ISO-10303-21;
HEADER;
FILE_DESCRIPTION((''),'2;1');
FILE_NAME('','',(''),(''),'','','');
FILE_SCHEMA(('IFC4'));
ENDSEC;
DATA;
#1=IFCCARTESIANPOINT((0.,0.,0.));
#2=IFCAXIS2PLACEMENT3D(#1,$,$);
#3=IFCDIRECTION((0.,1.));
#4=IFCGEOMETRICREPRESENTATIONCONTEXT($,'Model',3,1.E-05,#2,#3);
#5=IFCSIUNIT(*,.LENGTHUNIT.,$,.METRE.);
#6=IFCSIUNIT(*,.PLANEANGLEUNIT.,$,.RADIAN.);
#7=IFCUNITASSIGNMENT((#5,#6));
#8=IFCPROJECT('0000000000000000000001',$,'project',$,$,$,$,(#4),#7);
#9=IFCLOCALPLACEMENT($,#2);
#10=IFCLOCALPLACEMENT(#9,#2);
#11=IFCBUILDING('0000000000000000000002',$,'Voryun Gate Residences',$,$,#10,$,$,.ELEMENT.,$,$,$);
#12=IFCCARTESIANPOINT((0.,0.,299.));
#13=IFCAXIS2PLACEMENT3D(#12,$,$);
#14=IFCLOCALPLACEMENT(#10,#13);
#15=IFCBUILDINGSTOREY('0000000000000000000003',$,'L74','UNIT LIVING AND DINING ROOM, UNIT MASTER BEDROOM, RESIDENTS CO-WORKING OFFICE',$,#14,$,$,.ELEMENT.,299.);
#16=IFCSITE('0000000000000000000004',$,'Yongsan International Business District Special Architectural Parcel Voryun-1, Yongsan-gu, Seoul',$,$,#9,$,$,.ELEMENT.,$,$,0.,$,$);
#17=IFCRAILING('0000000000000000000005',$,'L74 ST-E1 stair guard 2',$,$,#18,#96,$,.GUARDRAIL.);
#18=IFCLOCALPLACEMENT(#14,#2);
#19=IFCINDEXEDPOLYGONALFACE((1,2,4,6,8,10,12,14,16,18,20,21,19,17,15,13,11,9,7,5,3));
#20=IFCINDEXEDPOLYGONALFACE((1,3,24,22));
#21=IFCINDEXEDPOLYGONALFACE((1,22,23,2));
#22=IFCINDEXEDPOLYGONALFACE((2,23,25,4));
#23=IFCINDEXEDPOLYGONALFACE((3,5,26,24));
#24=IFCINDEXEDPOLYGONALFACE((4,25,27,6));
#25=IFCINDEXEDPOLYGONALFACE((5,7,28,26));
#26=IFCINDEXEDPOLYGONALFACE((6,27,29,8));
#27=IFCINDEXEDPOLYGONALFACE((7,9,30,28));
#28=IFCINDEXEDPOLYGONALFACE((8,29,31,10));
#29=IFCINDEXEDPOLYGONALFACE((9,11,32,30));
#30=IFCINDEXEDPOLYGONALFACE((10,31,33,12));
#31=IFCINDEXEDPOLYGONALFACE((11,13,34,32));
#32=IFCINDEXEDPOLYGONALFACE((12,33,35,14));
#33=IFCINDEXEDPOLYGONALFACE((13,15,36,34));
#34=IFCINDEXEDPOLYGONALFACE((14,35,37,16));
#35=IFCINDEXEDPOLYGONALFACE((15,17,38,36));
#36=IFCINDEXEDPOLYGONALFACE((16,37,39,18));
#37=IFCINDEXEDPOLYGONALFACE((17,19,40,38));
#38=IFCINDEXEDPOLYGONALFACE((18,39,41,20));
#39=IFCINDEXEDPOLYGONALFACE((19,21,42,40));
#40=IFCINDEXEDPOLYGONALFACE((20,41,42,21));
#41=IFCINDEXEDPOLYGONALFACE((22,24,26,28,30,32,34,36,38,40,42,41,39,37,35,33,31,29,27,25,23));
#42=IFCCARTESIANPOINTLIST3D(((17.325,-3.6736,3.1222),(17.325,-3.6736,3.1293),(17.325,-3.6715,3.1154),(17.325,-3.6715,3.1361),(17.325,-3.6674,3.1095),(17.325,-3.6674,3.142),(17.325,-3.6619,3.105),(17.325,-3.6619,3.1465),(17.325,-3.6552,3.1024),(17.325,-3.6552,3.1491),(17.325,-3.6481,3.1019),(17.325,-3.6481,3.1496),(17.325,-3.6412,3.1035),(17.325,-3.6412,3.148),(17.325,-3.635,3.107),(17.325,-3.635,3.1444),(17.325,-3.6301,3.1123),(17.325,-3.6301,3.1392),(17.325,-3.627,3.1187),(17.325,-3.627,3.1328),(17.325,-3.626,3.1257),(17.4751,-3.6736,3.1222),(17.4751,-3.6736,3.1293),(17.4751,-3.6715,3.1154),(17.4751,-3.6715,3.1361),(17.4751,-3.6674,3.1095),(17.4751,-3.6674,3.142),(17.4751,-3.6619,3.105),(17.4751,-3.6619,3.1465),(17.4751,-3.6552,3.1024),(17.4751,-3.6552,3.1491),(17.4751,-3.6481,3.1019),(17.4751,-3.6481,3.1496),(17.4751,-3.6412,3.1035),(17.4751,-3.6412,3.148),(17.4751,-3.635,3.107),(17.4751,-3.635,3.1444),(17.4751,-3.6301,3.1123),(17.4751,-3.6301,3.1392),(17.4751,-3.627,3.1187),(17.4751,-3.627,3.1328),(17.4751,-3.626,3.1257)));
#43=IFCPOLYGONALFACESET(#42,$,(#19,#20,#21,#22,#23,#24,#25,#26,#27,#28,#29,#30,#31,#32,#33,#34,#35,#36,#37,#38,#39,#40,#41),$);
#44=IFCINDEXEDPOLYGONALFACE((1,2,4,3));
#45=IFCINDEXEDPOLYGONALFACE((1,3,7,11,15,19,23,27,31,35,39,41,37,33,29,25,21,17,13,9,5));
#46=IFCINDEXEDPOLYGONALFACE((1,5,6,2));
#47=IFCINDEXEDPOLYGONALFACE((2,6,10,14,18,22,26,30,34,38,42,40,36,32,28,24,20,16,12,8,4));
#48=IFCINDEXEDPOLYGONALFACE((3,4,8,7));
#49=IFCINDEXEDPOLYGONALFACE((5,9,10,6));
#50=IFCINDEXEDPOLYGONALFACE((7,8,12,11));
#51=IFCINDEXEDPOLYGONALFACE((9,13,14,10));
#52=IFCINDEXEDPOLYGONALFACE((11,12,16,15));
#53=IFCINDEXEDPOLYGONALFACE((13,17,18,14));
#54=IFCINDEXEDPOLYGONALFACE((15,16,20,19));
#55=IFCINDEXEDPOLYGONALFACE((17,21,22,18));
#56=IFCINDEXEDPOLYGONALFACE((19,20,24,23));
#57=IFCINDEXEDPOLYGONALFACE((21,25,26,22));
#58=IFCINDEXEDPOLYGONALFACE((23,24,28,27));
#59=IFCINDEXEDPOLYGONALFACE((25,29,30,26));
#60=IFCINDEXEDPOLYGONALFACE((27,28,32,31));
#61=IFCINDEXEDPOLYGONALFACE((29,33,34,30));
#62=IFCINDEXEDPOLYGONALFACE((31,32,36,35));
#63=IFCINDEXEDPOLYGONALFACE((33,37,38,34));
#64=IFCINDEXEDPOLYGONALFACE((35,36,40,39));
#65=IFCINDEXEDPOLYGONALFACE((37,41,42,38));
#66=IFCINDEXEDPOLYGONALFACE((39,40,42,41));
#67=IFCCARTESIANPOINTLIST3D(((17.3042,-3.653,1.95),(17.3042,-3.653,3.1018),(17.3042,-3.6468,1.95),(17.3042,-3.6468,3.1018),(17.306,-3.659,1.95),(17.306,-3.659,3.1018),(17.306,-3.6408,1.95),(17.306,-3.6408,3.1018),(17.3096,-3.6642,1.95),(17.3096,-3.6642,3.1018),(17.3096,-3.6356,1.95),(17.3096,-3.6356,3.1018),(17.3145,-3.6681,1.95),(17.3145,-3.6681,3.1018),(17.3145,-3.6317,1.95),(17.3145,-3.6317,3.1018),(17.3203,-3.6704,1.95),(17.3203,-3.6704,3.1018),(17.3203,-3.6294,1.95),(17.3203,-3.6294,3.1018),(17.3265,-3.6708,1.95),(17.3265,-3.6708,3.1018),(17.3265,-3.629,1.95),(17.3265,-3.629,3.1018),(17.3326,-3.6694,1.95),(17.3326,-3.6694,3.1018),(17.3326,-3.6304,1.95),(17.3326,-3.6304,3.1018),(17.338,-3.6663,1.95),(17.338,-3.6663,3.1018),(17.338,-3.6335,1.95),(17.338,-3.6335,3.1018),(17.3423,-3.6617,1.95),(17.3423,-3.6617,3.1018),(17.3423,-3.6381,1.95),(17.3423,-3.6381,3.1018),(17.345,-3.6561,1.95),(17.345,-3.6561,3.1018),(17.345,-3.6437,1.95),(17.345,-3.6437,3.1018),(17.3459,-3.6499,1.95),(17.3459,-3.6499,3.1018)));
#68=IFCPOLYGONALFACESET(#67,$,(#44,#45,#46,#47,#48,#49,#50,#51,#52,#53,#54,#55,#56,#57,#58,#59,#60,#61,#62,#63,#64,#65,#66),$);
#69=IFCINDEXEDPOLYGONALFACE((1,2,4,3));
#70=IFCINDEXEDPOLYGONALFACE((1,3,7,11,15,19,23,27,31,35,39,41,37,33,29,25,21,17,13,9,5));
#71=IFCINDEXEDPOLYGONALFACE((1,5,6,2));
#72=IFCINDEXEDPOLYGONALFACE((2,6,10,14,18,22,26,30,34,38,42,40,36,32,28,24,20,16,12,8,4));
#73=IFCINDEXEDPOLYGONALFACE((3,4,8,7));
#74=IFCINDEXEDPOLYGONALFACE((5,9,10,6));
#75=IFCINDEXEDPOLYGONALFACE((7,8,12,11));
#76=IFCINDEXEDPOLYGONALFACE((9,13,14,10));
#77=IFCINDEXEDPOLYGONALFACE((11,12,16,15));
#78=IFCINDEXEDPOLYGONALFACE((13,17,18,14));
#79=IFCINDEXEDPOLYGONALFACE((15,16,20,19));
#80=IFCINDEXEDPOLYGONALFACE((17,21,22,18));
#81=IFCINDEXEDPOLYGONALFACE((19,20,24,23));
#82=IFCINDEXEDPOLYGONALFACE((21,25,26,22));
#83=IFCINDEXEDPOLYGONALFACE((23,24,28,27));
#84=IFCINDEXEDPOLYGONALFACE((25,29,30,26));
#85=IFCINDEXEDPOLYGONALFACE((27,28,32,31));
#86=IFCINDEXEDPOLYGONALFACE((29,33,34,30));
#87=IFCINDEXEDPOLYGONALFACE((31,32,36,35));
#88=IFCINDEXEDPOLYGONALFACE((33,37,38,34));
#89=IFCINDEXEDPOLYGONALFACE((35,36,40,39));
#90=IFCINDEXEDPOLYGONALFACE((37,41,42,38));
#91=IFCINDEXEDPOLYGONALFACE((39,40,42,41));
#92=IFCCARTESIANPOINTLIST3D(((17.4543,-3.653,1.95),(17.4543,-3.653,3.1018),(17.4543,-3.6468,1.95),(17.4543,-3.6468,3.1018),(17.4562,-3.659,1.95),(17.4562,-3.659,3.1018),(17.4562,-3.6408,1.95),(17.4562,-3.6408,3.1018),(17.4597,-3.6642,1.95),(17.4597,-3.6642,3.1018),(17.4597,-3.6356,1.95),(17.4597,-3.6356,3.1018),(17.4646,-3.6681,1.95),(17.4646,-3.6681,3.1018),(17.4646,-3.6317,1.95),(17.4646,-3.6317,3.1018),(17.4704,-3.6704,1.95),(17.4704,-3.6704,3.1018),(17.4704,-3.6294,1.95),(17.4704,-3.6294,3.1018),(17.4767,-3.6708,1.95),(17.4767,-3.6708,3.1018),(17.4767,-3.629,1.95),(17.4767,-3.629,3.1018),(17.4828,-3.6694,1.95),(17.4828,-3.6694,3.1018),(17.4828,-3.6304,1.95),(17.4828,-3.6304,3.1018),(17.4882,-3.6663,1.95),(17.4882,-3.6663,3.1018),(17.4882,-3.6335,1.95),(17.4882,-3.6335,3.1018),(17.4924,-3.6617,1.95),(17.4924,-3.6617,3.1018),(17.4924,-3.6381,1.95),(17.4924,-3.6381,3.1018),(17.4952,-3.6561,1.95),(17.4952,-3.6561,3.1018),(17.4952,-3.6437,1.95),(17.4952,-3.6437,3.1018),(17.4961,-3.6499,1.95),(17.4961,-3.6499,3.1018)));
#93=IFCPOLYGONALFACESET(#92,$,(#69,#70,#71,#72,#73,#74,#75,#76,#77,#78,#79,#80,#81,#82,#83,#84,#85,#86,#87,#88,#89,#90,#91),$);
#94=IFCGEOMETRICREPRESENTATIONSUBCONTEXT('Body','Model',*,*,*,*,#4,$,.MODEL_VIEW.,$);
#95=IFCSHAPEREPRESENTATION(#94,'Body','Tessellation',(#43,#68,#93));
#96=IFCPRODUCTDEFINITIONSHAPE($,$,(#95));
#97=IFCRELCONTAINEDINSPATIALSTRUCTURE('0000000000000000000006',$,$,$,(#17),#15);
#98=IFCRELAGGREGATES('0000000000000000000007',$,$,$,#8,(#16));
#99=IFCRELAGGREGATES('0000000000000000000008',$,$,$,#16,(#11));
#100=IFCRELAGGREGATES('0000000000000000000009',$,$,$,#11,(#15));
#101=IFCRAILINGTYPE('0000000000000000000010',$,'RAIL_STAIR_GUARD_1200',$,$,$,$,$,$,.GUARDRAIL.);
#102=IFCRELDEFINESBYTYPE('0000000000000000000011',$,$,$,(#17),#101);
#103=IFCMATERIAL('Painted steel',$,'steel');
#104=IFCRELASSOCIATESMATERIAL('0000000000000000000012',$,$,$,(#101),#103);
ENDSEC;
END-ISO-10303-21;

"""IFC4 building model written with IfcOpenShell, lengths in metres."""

from ifc_helpers import new_model, si_unit, direction, frame, origin, origin_2d, place, context, subcontext, project, spatial, circle, extrude, material, type_object, element, save


model = new_model("IFC4")

# Units and contexts
model_context = context("Model", 3, precision=1e-05, world=origin(), true_north=direction((0.0, 1.0)))
body_context = subcontext(model_context, "Body", "Model", "MODEL_VIEW")
ifc_project = project(units=[si_unit("LENGTHUNIT", "METRE"), si_unit("PLANEANGLEUNIT", "RADIAN")], contexts=[model_context])

# Site, building, storey
site_placement = place(None, origin())
site = spatial("IfcSite", under=ifc_project, at=site_placement, Name="Yongsan International Business District Special Architectural Parcel Voryun-1, Yongsan-gu, Seoul", CompositionType="ELEMENT", RefElevation=0.0)
building_placement = place(site_placement, origin())
building = spatial("IfcBuilding", under=site, at=building_placement, Name="Voryun Gate Residences", CompositionType="ELEMENT")
storey_placement = place(building_placement, frame((0.0, 0.0, 299.0)))
storey = spatial("IfcBuildingStorey", under=building, at=storey_placement, Name="L74", Description="UNIT LIVING AND DINING ROOM, UNIT MASTER BEDROOM, RESIDENTS CO-WORKING OFFICE", CompositionType="ELEMENT", Elevation=299.0)

# Railing
ifc_material_1 = material(Name="Painted steel", Category="steel")
railing_type_1 = type_object("IfcRailingType", Name="RAIL_STAIR_GUARD_1200", PredefinedType="GUARDRAIL", material=ifc_material_1)
railing_1_placement = place(storey_placement, frame((17.325, -3.6499, 1.95)))
element("IfcRailing", 1, at=railing_1_placement, inside=storey, type_object=railing_type_1, Name="L74 ST-E1 stair guard 2", PredefinedType="GUARDRAIL", context=body_context, shape_type="SweptSolid", body=[
    extrude(circle(Radius=0.0239, at=origin_2d()), frame((0.0, 0.0, 1.1758), z_axis=(1.0, 0.0, 0.0), x_axis=(0.0, 1.0, 0.0)), (0.0, 0.0, 1.0), 0.1501),
    extrude(circle(Radius=0.021, at=origin_2d()), origin(), (0.0, 0.0, 1.0), 1.1519),
    extrude(circle(Radius=0.021, at=origin_2d()), frame((0.1501, 0.0, 0.0)), (0.0, 0.0, 1.0), 1.1519),
])

save(model, "model.ifc")
